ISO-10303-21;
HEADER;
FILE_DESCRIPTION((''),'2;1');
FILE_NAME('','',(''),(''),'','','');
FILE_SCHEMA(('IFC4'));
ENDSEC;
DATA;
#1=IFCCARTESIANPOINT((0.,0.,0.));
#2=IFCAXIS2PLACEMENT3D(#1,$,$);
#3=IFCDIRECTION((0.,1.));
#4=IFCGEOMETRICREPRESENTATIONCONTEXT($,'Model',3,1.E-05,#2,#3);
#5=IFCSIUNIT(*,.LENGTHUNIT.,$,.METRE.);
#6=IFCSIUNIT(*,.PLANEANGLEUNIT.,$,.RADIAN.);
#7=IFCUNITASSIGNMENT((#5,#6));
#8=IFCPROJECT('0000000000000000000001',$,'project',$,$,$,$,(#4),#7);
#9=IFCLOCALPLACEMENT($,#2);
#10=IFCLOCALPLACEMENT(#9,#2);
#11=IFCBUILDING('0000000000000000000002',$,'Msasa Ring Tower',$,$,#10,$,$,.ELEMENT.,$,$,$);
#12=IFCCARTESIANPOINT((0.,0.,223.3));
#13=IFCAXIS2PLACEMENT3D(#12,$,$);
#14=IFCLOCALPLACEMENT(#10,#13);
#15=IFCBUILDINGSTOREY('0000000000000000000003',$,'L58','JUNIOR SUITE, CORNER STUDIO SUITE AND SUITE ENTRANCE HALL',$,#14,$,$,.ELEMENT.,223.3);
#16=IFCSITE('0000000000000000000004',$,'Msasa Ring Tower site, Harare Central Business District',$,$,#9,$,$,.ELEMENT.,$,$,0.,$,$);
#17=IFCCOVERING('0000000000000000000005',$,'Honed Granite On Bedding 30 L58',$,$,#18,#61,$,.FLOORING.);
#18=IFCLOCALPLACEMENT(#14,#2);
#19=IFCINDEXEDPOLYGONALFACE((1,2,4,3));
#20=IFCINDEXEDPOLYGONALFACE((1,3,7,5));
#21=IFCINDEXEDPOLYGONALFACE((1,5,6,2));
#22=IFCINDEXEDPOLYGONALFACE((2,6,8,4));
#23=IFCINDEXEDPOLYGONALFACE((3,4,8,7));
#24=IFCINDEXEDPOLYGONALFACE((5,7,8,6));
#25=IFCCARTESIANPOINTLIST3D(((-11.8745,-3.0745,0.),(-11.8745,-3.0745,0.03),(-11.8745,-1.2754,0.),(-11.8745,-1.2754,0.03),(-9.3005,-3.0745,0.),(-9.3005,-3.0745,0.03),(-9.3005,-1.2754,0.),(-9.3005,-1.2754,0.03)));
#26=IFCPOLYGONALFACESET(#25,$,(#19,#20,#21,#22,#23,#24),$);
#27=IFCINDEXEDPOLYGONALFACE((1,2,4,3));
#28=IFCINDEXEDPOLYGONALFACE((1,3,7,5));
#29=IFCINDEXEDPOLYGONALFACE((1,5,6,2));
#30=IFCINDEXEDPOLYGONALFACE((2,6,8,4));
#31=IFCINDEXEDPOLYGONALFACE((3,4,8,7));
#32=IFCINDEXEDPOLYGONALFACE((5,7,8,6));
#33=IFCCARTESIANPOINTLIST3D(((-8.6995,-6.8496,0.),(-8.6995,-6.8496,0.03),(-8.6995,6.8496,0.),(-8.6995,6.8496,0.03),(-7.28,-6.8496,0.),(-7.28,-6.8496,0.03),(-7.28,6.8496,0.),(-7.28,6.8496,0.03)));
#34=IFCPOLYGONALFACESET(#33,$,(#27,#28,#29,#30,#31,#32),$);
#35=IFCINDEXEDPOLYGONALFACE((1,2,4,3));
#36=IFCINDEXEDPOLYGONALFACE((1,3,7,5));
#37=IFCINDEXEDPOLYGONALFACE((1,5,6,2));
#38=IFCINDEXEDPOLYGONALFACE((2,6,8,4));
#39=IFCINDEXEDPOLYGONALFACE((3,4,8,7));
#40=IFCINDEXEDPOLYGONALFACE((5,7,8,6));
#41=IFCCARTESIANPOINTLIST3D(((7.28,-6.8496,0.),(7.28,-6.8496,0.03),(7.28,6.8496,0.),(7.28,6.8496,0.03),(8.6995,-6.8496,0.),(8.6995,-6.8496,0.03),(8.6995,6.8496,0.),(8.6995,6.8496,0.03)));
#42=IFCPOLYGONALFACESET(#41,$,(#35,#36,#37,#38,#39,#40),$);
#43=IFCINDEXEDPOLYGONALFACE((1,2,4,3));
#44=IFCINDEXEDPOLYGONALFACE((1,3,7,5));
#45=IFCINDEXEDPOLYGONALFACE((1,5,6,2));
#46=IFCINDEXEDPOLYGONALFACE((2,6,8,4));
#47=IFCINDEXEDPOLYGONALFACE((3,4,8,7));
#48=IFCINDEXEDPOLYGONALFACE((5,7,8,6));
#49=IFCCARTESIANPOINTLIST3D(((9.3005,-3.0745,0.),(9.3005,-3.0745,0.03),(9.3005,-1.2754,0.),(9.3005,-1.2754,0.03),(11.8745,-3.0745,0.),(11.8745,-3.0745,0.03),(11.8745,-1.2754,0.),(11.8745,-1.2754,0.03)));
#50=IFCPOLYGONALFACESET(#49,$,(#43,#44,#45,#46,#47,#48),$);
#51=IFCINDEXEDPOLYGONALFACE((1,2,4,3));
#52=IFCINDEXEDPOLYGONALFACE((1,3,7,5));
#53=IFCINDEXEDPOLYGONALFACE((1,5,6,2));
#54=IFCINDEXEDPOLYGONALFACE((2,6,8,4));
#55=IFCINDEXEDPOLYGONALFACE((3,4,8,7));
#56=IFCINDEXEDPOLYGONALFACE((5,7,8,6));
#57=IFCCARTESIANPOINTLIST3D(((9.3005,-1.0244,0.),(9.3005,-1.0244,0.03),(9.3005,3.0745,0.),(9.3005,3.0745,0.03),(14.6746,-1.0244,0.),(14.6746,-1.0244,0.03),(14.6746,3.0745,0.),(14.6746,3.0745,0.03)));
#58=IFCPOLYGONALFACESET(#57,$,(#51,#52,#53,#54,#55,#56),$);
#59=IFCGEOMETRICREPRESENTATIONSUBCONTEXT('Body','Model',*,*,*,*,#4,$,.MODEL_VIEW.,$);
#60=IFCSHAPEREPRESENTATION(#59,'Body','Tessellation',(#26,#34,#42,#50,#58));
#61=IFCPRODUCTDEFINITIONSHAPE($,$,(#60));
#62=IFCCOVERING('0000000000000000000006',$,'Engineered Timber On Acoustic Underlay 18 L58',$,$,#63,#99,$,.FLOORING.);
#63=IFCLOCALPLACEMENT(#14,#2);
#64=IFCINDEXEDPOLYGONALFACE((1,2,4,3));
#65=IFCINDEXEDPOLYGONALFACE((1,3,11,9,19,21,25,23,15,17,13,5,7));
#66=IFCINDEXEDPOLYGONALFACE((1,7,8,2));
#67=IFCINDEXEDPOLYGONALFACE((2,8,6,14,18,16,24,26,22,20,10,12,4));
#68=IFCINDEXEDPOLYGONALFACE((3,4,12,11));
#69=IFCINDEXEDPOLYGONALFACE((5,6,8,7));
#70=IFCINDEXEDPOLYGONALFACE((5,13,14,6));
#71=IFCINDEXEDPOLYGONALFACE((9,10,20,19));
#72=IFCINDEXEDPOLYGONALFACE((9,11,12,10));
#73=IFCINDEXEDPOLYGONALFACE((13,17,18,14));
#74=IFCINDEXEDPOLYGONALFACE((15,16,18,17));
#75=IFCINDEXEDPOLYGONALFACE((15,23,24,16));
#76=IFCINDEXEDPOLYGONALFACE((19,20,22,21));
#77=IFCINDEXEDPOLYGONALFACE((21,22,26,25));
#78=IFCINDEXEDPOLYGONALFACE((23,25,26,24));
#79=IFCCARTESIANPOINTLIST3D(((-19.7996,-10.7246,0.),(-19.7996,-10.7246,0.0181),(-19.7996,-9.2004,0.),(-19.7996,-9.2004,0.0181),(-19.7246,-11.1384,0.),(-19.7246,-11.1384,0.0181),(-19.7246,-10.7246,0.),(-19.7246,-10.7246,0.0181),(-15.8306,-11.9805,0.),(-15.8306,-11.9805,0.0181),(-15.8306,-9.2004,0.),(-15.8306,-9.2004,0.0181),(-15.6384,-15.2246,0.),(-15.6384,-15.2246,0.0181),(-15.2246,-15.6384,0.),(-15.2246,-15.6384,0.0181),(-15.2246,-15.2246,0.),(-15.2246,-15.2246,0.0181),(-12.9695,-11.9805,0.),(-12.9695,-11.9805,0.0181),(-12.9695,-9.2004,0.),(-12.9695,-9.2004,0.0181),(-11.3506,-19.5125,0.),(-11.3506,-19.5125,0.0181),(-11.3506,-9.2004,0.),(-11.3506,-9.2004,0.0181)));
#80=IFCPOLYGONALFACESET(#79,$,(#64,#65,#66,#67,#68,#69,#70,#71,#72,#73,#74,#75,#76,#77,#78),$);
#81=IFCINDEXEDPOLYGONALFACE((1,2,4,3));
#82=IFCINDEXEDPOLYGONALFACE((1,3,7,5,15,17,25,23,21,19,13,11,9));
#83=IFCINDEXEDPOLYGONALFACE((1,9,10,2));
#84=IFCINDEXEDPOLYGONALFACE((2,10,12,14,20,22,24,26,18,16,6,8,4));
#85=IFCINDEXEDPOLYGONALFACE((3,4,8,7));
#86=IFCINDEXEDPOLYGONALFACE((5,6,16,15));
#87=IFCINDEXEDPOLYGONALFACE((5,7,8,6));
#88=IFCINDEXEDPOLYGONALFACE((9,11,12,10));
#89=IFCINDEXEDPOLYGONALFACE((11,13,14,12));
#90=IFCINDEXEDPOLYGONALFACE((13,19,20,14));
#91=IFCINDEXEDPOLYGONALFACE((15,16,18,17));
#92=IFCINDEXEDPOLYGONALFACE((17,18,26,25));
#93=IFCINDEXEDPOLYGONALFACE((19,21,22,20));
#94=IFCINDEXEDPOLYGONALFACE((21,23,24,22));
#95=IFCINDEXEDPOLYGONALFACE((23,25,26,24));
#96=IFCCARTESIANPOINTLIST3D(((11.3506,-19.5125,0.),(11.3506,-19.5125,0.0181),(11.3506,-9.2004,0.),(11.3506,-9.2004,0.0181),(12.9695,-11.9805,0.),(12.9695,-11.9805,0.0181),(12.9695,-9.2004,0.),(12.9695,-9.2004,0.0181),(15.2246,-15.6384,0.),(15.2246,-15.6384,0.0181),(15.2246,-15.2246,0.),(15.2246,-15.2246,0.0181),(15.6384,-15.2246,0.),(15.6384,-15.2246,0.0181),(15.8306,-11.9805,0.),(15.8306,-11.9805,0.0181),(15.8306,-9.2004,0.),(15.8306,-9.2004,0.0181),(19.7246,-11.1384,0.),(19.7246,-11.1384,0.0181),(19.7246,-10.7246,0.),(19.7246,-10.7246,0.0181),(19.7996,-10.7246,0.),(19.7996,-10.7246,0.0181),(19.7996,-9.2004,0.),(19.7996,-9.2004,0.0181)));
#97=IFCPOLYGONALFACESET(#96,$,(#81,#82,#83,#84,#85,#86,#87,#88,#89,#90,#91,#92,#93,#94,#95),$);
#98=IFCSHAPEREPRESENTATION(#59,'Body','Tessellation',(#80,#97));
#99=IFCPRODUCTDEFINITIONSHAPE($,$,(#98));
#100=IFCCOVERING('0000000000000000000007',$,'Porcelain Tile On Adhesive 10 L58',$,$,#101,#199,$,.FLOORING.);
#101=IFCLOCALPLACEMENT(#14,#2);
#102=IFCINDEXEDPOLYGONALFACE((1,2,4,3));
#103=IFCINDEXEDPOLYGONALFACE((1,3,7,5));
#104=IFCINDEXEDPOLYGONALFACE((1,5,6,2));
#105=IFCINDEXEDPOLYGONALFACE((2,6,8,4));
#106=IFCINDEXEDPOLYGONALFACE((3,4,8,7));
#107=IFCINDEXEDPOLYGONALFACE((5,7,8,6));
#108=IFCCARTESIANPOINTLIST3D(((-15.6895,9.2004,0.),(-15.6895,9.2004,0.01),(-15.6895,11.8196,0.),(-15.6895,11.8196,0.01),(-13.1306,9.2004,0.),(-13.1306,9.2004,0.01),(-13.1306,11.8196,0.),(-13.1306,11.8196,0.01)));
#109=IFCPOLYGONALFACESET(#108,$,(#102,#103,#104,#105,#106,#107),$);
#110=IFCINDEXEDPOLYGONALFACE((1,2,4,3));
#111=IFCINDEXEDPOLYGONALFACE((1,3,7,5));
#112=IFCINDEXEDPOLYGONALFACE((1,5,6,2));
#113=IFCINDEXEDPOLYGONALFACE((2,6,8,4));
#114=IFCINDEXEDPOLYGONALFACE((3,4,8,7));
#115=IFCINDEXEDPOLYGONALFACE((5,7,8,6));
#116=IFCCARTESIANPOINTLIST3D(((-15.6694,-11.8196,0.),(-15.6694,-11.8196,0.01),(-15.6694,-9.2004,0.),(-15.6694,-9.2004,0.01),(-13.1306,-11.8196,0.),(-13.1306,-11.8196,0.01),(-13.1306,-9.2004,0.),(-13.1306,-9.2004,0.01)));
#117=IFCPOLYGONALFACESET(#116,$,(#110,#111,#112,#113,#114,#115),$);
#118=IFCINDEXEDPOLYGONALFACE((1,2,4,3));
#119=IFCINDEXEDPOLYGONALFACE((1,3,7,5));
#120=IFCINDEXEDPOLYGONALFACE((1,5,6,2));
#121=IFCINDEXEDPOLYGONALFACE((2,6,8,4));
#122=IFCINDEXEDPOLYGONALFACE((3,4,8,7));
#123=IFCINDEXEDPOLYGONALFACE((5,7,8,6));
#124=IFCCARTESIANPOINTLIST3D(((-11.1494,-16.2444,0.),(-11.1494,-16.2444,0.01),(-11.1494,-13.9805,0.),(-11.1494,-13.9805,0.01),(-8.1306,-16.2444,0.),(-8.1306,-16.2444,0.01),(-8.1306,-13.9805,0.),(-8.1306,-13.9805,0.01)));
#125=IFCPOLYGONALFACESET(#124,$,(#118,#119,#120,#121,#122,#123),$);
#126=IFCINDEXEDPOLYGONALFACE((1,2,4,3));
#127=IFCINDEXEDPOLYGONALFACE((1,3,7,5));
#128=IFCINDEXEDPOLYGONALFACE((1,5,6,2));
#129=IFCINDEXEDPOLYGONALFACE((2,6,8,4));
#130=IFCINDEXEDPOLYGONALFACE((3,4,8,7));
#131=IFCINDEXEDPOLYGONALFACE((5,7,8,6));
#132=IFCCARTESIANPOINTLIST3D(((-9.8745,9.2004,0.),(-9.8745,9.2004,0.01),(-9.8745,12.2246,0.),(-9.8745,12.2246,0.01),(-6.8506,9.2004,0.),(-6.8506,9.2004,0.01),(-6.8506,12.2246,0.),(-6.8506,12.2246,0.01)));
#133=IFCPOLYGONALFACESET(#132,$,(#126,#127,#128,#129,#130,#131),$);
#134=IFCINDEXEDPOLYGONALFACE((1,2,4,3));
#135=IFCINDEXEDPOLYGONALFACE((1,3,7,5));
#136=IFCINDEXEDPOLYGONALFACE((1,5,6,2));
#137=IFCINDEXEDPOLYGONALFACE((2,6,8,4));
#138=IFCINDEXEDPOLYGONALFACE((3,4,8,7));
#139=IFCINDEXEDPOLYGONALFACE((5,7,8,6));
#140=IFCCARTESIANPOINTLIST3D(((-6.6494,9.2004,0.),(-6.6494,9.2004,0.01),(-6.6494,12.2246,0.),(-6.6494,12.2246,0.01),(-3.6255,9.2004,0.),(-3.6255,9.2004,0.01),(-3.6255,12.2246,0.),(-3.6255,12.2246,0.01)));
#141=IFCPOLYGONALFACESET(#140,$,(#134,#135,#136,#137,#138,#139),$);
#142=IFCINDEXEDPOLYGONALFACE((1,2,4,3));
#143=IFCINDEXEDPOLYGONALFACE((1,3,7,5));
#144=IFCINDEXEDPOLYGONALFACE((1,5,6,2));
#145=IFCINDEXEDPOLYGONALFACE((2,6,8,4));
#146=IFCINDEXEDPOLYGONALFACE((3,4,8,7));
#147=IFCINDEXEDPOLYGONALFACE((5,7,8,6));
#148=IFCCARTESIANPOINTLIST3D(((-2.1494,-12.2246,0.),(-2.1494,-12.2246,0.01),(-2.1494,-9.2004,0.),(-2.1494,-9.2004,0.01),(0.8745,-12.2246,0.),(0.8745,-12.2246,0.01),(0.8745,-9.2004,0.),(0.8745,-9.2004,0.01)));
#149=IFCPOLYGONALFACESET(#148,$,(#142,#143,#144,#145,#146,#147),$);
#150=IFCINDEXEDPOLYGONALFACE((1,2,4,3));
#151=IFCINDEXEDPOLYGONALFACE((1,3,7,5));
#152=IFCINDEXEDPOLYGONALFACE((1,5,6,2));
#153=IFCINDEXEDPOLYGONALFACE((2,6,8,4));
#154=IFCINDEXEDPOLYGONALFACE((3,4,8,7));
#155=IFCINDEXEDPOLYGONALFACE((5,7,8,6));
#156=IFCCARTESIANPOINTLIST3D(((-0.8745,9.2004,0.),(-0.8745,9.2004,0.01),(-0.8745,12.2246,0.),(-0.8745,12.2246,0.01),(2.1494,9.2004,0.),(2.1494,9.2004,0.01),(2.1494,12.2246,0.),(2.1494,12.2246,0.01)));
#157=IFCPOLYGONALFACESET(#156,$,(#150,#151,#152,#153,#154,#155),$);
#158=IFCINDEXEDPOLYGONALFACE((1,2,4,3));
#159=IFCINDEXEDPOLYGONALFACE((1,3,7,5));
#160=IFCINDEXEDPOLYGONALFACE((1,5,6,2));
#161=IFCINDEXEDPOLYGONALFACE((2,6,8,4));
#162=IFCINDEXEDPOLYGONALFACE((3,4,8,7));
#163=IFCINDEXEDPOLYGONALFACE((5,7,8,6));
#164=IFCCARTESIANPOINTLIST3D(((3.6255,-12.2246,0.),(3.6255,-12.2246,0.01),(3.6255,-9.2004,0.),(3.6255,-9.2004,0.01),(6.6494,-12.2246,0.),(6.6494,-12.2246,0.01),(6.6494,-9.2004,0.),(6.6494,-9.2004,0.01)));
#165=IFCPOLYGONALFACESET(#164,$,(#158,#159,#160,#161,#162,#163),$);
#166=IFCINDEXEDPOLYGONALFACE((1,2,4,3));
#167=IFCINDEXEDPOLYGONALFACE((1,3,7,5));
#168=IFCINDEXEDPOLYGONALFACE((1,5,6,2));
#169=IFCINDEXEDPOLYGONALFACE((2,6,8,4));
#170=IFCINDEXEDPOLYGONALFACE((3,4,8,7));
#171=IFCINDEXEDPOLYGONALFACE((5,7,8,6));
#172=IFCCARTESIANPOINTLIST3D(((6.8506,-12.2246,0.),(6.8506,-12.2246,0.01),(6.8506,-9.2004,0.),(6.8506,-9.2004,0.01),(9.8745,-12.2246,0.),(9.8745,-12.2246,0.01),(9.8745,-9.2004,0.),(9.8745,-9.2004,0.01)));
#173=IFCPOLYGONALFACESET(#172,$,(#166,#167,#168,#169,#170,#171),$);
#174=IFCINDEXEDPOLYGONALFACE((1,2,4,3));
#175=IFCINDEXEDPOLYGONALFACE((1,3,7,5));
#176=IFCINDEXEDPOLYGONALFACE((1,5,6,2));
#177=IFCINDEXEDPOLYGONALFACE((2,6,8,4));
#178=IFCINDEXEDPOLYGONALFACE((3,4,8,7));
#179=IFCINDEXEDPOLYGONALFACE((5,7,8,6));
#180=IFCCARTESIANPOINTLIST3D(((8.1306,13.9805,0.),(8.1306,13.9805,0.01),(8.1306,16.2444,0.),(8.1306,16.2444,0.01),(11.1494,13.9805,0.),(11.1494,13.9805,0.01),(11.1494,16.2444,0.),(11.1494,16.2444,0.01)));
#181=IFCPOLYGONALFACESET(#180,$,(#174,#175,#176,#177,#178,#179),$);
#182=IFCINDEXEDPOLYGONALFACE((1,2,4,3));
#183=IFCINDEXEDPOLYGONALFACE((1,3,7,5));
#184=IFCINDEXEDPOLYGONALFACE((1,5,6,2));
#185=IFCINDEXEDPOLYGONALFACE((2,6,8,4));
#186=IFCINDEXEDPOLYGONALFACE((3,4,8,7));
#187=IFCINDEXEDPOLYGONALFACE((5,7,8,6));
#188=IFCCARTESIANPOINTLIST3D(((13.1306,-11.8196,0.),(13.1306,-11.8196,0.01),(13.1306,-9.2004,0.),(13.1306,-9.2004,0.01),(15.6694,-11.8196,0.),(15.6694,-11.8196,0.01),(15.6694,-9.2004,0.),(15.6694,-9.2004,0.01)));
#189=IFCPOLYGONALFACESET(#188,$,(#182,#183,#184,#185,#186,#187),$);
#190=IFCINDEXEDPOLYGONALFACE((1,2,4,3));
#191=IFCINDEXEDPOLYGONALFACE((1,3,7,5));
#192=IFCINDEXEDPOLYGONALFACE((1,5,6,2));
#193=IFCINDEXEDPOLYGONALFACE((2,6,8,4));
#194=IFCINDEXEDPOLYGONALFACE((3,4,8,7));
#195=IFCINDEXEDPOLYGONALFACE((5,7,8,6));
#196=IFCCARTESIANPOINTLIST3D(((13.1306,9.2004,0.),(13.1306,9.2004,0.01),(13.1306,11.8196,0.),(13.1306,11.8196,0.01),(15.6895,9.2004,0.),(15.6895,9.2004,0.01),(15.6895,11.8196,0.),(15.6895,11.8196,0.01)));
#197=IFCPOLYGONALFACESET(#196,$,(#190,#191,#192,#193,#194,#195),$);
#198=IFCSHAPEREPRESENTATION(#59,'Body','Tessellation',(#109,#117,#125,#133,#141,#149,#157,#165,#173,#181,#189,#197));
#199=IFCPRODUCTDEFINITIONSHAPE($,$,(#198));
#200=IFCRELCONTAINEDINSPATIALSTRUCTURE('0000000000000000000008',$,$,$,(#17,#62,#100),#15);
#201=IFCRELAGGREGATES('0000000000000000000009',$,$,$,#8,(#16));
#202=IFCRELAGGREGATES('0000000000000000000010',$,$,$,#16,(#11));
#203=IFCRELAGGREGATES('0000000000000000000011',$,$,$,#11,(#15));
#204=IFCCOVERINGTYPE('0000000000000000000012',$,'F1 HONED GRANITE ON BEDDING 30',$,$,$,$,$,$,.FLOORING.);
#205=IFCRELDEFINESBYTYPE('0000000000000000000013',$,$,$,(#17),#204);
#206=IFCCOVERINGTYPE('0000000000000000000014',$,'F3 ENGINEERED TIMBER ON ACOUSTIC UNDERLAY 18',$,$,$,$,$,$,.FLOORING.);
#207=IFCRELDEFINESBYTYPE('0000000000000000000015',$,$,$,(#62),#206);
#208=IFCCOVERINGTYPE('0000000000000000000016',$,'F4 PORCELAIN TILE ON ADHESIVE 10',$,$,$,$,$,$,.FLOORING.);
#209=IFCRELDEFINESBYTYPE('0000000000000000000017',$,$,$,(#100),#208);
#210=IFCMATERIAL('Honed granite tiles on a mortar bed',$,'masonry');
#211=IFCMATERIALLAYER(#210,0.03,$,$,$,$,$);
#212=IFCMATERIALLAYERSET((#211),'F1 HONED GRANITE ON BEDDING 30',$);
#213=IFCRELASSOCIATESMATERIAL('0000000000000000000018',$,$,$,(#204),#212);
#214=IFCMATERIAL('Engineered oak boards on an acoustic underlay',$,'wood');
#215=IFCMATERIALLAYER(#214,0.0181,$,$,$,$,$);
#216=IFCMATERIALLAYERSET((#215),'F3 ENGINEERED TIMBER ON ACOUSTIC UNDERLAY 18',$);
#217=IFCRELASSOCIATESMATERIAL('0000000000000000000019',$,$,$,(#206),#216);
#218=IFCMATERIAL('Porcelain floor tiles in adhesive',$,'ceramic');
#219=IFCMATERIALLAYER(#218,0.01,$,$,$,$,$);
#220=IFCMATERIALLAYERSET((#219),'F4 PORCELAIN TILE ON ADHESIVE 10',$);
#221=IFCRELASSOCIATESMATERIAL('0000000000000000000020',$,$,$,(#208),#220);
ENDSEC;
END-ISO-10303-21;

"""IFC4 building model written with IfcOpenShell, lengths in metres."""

from ifc_helpers import new_model, si_unit, direction, frame, origin, place, context, subcontext, project, spatial, line, indexed_curve, outline, extrude, material, layer, layer_set, type_object, element, save


model = new_model("IFC4")

# Units and contexts
model_context = context("Model", 3, precision=1e-05, world=origin(), true_north=direction((0.0, 1.0)))
body_context = subcontext(model_context, "Body", "Model", "MODEL_VIEW")
ifc_project = project(units=[si_unit("LENGTHUNIT", "METRE"), si_unit("PLANEANGLEUNIT", "RADIAN")], contexts=[model_context])

# Site, building, storey
site_placement = place(None, origin())
site = spatial("IfcSite", under=ifc_project, at=site_placement, Name="Msasa Ring Tower site, Harare Central Business District", CompositionType="ELEMENT", RefElevation=0.0)
building_placement = place(site_placement, origin())
building = spatial("IfcBuilding", under=site, at=building_placement, Name="Msasa Ring Tower", CompositionType="ELEMENT")
storey_placement = place(building_placement, frame((0.0, 0.0, 223.3)))
storey = spatial("IfcBuildingStorey", under=building, at=storey_placement, Name="L58", Description="JUNIOR SUITE, CORNER STUDIO SUITE AND SUITE ENTRANCE HALL", CompositionType="ELEMENT", Elevation=223.3)

# Coverings
ifc_material_1 = material(Name="Honed granite tiles on a mortar bed", Category="masonry")
ifc_layer_1 = layer(ifc_material_1, 0.03)
ifc_layer_set_1 = layer_set([ifc_layer_1], Name="F1 HONED GRANITE ON BEDDING 30")
covering_type_1 = type_object("IfcCoveringType", Name="F1 HONED GRANITE ON BEDDING 30", PredefinedType="FLOORING", material=ifc_layer_set_1)
covering_1_placement = place(storey_placement, origin())
element("IfcCovering", 1, at=covering_1_placement, inside=storey, type_object=covering_type_1, Name="Honed Granite On Bedding 30 L58", PredefinedType="FLOORING", context=body_context, shape_type="SweptSolid", body=[
    extrude(outline(indexed_curve([(-11.8745, -3.0745), (-11.8745, -1.2754), (-9.3005, -1.2754), (-9.3005, -3.0745)], segments=[line(1, 2, 3, 4, 1)], self_intersect=False)), origin(), (0.0, 0.0, 1.0), 0.03),
    extrude(outline(indexed_curve([(-8.6995, -6.8496), (-8.6995, 6.8496), (-7.28, 6.8496), (-7.28, -6.8496)], segments=[line(1, 2, 3, 4, 1)], self_intersect=False)), origin(), (0.0, 0.0, 1.0), 0.03),
    extrude(outline(indexed_curve([(8.6995, 6.8496), (8.6995, -6.8496), (7.28, -6.8496), (7.28, 6.8496)], segments=[line(1, 2, 3, 4, 1)], self_intersect=False)), origin(), (0.0, 0.0, 1.0), 0.03),
    extrude(outline(indexed_curve([(9.3005, -3.0745), (9.3005, -1.2754), (11.8745, -1.2754), (11.8745, -3.0745)], segments=[line(1, 2, 3, 4, 1)], self_intersect=False)), origin(), (0.0, 0.0, 1.0), 0.03),
    extrude(outline(indexed_curve([(9.3005, 3.0745), (14.6746, 3.0745), (14.6746, -1.0244), (9.3005, -1.0244)], segments=[line(1, 2, 3, 4, 1)], self_intersect=False)), origin(), (0.0, 0.0, 1.0), 0.03),
])
ifc_material_2 = material(Name="Engineered oak boards on an acoustic underlay", Category="wood")
ifc_layer_2 = layer(ifc_material_2, 0.0181)
ifc_layer_set_2 = layer_set([ifc_layer_2], Name="F3 ENGINEERED TIMBER ON ACOUSTIC UNDERLAY 18")
covering_type_2 = type_object("IfcCoveringType", Name="F3 ENGINEERED TIMBER ON ACOUSTIC UNDERLAY 18", PredefinedType="FLOORING", material=ifc_layer_set_2)
covering_2_placement = place(storey_placement, origin())
element("IfcCovering", 2, at=covering_2_placement, inside=storey, type_object=covering_type_2, Name="Engineered Timber On Acoustic Underlay 18 L58", PredefinedType="FLOORING", context=body_context, shape_type="SweptSolid", body=[
    extrude(outline(indexed_curve([(-15.8306, -9.2004), (-15.8306, -11.9805), (-12.9695, -11.9805), (-12.9695, -9.2004), (-11.3506, -9.2004), (-11.3506, -19.5125), (-15.2246, -15.6384), (-15.2246, -15.2246), (-15.6384, -15.2246), (-19.7246, -11.1384), (-19.7246, -10.7246), (-19.7996, -10.7246), (-19.7996, -9.2004)], segments=[line(1, 2, 3, 4, 5, 6, 7, 8, 9, 10, 11, 12, 13, 1)], self_intersect=False)), origin(), (0.0, 0.0, 1.0), 0.0181),
    extrude(outline(indexed_curve([(15.8306, -11.9805), (15.8306, -9.2004), (19.7996, -9.2004), (19.7996, -10.7246), (19.7246, -10.7246), (19.7246, -11.1384), (15.6384, -15.2246), (15.2246, -15.2246), (15.2246, -15.6384), (11.3506, -19.5125), (11.3506, -9.2004), (12.9695, -9.2004), (12.9695, -11.9805)], segments=[line(1, 2, 3, 4, 5, 6, 7, 8, 9, 10, 11, 12, 13, 1)], self_intersect=False)), origin(), (0.0, 0.0, 1.0), 0.0181),
])
ifc_material_3 = material(Name="Porcelain floor tiles in adhesive", Category="ceramic")
ifc_layer_3 = layer(ifc_material_3, 0.01)
ifc_layer_set_3 = layer_set([ifc_layer_3], Name="F4 PORCELAIN TILE ON ADHESIVE 10")
covering_type_3 = type_object("IfcCoveringType", Name="F4 PORCELAIN TILE ON ADHESIVE 10", PredefinedType="FLOORING", material=ifc_layer_set_3)
covering_3_placement = place(storey_placement, origin())
element("IfcCovering", 3, at=covering_3_placement, inside=storey, type_object=covering_type_3, Name="Porcelain Tile On Adhesive 10 L58", PredefinedType="FLOORING", context=body_context, shape_type="SweptSolid", body=[
    extrude(outline(indexed_curve([(-15.6895, 11.8196), (-13.1306, 11.8196), (-13.1306, 9.2004), (-15.6895, 9.2004)], segments=[line(1, 2, 3, 4, 1)], self_intersect=False)), origin(), (0.0, 0.0, 1.0), 0.01),
    extrude(outline(indexed_curve([(-13.1306, -9.2004), (-13.1306, -11.8196), (-15.6694, -11.8196), (-15.6694, -9.2004)], segments=[line(1, 2, 3, 4, 1)], self_intersect=False)), origin(), (0.0, 0.0, 1.0), 0.01),
    extrude(outline(indexed_curve([(-8.1306, -13.9805), (-8.1306, -16.2444), (-11.1494, -16.2444), (-11.1494, -13.9805)], segments=[line(1, 2, 3, 4, 1)], self_intersect=False)), origin(), (0.0, 0.0, 1.0), 0.01),
    extrude(outline(indexed_curve([(-9.8745, 9.2004), (-9.8745, 12.2246), (-6.8506, 12.2246), (-6.8506, 9.2004)], segments=[line(1, 2, 3, 4, 1)], self_intersect=False)), origin(), (0.0, 0.0, 1.0), 0.01),
    extrude(outline(indexed_curve([(-6.6494, 9.2004), (-6.6494, 12.2246), (-3.6255, 12.2246), (-3.6255, 9.2004)], segments=[line(1, 2, 3, 4, 1)], self_intersect=False)), origin(), (0.0, 0.0, 1.0), 0.01),
    extrude(outline(indexed_curve([(0.8745, -9.2004), (0.8745, -12.2246), (-2.1494, -12.2246), (-2.1494, -9.2004)], segments=[line(1, 2, 3, 4, 1)], self_intersect=False)), origin(), (0.0, 0.0, 1.0), 0.01),
    extrude(outline(indexed_curve([(2.1494, 9.2004), (-0.8745, 9.2004), (-0.8745, 12.2246), (2.1494, 12.2246)], segments=[line(1, 2, 3, 4, 1)], self_intersect=False)), origin(), (0.0, 0.0, 1.0), 0.01),
    extrude(outline(indexed_curve([(6.6494, -9.2004), (6.6494, -12.2246), (3.6255, -12.2246), (3.6255, -9.2004)], segments=[line(1, 2, 3, 4, 1)], self_intersect=False)), origin(), (0.0, 0.0, 1.0), 0.01),
    extrude(outline(indexed_curve([(9.8745, -9.2004), (9.8745, -12.2246), (6.8506, -12.2246), (6.8506, -9.2004)], segments=[line(1, 2, 3, 4, 1)], self_intersect=False)), origin(), (0.0, 0.0, 1.0), 0.01),
    extrude(outline(indexed_curve([(11.1494, 16.2444), (11.1494, 13.9805), (8.1306, 13.9805), (8.1306, 16.2444)], segments=[line(1, 2, 3, 4, 1)], self_intersect=False)), origin(), (0.0, 0.0, 1.0), 0.01),
    extrude(outline(indexed_curve([(15.6694, -9.2004), (15.6694, -11.8196), (13.1306, -11.8196), (13.1306, -9.2004)], segments=[line(1, 2, 3, 4, 1)], self_intersect=False)), origin(), (0.0, 0.0, 1.0), 0.01),
    extrude(outline(indexed_curve([(13.1306, 11.8196), (15.6895, 11.8196), (15.6895, 9.2004), (13.1306, 9.2004)], segments=[line(1, 2, 3, 4, 1)], self_intersect=False)), origin(), (0.0, 0.0, 1.0), 0.01),
])

save(model, "model.ifc")
